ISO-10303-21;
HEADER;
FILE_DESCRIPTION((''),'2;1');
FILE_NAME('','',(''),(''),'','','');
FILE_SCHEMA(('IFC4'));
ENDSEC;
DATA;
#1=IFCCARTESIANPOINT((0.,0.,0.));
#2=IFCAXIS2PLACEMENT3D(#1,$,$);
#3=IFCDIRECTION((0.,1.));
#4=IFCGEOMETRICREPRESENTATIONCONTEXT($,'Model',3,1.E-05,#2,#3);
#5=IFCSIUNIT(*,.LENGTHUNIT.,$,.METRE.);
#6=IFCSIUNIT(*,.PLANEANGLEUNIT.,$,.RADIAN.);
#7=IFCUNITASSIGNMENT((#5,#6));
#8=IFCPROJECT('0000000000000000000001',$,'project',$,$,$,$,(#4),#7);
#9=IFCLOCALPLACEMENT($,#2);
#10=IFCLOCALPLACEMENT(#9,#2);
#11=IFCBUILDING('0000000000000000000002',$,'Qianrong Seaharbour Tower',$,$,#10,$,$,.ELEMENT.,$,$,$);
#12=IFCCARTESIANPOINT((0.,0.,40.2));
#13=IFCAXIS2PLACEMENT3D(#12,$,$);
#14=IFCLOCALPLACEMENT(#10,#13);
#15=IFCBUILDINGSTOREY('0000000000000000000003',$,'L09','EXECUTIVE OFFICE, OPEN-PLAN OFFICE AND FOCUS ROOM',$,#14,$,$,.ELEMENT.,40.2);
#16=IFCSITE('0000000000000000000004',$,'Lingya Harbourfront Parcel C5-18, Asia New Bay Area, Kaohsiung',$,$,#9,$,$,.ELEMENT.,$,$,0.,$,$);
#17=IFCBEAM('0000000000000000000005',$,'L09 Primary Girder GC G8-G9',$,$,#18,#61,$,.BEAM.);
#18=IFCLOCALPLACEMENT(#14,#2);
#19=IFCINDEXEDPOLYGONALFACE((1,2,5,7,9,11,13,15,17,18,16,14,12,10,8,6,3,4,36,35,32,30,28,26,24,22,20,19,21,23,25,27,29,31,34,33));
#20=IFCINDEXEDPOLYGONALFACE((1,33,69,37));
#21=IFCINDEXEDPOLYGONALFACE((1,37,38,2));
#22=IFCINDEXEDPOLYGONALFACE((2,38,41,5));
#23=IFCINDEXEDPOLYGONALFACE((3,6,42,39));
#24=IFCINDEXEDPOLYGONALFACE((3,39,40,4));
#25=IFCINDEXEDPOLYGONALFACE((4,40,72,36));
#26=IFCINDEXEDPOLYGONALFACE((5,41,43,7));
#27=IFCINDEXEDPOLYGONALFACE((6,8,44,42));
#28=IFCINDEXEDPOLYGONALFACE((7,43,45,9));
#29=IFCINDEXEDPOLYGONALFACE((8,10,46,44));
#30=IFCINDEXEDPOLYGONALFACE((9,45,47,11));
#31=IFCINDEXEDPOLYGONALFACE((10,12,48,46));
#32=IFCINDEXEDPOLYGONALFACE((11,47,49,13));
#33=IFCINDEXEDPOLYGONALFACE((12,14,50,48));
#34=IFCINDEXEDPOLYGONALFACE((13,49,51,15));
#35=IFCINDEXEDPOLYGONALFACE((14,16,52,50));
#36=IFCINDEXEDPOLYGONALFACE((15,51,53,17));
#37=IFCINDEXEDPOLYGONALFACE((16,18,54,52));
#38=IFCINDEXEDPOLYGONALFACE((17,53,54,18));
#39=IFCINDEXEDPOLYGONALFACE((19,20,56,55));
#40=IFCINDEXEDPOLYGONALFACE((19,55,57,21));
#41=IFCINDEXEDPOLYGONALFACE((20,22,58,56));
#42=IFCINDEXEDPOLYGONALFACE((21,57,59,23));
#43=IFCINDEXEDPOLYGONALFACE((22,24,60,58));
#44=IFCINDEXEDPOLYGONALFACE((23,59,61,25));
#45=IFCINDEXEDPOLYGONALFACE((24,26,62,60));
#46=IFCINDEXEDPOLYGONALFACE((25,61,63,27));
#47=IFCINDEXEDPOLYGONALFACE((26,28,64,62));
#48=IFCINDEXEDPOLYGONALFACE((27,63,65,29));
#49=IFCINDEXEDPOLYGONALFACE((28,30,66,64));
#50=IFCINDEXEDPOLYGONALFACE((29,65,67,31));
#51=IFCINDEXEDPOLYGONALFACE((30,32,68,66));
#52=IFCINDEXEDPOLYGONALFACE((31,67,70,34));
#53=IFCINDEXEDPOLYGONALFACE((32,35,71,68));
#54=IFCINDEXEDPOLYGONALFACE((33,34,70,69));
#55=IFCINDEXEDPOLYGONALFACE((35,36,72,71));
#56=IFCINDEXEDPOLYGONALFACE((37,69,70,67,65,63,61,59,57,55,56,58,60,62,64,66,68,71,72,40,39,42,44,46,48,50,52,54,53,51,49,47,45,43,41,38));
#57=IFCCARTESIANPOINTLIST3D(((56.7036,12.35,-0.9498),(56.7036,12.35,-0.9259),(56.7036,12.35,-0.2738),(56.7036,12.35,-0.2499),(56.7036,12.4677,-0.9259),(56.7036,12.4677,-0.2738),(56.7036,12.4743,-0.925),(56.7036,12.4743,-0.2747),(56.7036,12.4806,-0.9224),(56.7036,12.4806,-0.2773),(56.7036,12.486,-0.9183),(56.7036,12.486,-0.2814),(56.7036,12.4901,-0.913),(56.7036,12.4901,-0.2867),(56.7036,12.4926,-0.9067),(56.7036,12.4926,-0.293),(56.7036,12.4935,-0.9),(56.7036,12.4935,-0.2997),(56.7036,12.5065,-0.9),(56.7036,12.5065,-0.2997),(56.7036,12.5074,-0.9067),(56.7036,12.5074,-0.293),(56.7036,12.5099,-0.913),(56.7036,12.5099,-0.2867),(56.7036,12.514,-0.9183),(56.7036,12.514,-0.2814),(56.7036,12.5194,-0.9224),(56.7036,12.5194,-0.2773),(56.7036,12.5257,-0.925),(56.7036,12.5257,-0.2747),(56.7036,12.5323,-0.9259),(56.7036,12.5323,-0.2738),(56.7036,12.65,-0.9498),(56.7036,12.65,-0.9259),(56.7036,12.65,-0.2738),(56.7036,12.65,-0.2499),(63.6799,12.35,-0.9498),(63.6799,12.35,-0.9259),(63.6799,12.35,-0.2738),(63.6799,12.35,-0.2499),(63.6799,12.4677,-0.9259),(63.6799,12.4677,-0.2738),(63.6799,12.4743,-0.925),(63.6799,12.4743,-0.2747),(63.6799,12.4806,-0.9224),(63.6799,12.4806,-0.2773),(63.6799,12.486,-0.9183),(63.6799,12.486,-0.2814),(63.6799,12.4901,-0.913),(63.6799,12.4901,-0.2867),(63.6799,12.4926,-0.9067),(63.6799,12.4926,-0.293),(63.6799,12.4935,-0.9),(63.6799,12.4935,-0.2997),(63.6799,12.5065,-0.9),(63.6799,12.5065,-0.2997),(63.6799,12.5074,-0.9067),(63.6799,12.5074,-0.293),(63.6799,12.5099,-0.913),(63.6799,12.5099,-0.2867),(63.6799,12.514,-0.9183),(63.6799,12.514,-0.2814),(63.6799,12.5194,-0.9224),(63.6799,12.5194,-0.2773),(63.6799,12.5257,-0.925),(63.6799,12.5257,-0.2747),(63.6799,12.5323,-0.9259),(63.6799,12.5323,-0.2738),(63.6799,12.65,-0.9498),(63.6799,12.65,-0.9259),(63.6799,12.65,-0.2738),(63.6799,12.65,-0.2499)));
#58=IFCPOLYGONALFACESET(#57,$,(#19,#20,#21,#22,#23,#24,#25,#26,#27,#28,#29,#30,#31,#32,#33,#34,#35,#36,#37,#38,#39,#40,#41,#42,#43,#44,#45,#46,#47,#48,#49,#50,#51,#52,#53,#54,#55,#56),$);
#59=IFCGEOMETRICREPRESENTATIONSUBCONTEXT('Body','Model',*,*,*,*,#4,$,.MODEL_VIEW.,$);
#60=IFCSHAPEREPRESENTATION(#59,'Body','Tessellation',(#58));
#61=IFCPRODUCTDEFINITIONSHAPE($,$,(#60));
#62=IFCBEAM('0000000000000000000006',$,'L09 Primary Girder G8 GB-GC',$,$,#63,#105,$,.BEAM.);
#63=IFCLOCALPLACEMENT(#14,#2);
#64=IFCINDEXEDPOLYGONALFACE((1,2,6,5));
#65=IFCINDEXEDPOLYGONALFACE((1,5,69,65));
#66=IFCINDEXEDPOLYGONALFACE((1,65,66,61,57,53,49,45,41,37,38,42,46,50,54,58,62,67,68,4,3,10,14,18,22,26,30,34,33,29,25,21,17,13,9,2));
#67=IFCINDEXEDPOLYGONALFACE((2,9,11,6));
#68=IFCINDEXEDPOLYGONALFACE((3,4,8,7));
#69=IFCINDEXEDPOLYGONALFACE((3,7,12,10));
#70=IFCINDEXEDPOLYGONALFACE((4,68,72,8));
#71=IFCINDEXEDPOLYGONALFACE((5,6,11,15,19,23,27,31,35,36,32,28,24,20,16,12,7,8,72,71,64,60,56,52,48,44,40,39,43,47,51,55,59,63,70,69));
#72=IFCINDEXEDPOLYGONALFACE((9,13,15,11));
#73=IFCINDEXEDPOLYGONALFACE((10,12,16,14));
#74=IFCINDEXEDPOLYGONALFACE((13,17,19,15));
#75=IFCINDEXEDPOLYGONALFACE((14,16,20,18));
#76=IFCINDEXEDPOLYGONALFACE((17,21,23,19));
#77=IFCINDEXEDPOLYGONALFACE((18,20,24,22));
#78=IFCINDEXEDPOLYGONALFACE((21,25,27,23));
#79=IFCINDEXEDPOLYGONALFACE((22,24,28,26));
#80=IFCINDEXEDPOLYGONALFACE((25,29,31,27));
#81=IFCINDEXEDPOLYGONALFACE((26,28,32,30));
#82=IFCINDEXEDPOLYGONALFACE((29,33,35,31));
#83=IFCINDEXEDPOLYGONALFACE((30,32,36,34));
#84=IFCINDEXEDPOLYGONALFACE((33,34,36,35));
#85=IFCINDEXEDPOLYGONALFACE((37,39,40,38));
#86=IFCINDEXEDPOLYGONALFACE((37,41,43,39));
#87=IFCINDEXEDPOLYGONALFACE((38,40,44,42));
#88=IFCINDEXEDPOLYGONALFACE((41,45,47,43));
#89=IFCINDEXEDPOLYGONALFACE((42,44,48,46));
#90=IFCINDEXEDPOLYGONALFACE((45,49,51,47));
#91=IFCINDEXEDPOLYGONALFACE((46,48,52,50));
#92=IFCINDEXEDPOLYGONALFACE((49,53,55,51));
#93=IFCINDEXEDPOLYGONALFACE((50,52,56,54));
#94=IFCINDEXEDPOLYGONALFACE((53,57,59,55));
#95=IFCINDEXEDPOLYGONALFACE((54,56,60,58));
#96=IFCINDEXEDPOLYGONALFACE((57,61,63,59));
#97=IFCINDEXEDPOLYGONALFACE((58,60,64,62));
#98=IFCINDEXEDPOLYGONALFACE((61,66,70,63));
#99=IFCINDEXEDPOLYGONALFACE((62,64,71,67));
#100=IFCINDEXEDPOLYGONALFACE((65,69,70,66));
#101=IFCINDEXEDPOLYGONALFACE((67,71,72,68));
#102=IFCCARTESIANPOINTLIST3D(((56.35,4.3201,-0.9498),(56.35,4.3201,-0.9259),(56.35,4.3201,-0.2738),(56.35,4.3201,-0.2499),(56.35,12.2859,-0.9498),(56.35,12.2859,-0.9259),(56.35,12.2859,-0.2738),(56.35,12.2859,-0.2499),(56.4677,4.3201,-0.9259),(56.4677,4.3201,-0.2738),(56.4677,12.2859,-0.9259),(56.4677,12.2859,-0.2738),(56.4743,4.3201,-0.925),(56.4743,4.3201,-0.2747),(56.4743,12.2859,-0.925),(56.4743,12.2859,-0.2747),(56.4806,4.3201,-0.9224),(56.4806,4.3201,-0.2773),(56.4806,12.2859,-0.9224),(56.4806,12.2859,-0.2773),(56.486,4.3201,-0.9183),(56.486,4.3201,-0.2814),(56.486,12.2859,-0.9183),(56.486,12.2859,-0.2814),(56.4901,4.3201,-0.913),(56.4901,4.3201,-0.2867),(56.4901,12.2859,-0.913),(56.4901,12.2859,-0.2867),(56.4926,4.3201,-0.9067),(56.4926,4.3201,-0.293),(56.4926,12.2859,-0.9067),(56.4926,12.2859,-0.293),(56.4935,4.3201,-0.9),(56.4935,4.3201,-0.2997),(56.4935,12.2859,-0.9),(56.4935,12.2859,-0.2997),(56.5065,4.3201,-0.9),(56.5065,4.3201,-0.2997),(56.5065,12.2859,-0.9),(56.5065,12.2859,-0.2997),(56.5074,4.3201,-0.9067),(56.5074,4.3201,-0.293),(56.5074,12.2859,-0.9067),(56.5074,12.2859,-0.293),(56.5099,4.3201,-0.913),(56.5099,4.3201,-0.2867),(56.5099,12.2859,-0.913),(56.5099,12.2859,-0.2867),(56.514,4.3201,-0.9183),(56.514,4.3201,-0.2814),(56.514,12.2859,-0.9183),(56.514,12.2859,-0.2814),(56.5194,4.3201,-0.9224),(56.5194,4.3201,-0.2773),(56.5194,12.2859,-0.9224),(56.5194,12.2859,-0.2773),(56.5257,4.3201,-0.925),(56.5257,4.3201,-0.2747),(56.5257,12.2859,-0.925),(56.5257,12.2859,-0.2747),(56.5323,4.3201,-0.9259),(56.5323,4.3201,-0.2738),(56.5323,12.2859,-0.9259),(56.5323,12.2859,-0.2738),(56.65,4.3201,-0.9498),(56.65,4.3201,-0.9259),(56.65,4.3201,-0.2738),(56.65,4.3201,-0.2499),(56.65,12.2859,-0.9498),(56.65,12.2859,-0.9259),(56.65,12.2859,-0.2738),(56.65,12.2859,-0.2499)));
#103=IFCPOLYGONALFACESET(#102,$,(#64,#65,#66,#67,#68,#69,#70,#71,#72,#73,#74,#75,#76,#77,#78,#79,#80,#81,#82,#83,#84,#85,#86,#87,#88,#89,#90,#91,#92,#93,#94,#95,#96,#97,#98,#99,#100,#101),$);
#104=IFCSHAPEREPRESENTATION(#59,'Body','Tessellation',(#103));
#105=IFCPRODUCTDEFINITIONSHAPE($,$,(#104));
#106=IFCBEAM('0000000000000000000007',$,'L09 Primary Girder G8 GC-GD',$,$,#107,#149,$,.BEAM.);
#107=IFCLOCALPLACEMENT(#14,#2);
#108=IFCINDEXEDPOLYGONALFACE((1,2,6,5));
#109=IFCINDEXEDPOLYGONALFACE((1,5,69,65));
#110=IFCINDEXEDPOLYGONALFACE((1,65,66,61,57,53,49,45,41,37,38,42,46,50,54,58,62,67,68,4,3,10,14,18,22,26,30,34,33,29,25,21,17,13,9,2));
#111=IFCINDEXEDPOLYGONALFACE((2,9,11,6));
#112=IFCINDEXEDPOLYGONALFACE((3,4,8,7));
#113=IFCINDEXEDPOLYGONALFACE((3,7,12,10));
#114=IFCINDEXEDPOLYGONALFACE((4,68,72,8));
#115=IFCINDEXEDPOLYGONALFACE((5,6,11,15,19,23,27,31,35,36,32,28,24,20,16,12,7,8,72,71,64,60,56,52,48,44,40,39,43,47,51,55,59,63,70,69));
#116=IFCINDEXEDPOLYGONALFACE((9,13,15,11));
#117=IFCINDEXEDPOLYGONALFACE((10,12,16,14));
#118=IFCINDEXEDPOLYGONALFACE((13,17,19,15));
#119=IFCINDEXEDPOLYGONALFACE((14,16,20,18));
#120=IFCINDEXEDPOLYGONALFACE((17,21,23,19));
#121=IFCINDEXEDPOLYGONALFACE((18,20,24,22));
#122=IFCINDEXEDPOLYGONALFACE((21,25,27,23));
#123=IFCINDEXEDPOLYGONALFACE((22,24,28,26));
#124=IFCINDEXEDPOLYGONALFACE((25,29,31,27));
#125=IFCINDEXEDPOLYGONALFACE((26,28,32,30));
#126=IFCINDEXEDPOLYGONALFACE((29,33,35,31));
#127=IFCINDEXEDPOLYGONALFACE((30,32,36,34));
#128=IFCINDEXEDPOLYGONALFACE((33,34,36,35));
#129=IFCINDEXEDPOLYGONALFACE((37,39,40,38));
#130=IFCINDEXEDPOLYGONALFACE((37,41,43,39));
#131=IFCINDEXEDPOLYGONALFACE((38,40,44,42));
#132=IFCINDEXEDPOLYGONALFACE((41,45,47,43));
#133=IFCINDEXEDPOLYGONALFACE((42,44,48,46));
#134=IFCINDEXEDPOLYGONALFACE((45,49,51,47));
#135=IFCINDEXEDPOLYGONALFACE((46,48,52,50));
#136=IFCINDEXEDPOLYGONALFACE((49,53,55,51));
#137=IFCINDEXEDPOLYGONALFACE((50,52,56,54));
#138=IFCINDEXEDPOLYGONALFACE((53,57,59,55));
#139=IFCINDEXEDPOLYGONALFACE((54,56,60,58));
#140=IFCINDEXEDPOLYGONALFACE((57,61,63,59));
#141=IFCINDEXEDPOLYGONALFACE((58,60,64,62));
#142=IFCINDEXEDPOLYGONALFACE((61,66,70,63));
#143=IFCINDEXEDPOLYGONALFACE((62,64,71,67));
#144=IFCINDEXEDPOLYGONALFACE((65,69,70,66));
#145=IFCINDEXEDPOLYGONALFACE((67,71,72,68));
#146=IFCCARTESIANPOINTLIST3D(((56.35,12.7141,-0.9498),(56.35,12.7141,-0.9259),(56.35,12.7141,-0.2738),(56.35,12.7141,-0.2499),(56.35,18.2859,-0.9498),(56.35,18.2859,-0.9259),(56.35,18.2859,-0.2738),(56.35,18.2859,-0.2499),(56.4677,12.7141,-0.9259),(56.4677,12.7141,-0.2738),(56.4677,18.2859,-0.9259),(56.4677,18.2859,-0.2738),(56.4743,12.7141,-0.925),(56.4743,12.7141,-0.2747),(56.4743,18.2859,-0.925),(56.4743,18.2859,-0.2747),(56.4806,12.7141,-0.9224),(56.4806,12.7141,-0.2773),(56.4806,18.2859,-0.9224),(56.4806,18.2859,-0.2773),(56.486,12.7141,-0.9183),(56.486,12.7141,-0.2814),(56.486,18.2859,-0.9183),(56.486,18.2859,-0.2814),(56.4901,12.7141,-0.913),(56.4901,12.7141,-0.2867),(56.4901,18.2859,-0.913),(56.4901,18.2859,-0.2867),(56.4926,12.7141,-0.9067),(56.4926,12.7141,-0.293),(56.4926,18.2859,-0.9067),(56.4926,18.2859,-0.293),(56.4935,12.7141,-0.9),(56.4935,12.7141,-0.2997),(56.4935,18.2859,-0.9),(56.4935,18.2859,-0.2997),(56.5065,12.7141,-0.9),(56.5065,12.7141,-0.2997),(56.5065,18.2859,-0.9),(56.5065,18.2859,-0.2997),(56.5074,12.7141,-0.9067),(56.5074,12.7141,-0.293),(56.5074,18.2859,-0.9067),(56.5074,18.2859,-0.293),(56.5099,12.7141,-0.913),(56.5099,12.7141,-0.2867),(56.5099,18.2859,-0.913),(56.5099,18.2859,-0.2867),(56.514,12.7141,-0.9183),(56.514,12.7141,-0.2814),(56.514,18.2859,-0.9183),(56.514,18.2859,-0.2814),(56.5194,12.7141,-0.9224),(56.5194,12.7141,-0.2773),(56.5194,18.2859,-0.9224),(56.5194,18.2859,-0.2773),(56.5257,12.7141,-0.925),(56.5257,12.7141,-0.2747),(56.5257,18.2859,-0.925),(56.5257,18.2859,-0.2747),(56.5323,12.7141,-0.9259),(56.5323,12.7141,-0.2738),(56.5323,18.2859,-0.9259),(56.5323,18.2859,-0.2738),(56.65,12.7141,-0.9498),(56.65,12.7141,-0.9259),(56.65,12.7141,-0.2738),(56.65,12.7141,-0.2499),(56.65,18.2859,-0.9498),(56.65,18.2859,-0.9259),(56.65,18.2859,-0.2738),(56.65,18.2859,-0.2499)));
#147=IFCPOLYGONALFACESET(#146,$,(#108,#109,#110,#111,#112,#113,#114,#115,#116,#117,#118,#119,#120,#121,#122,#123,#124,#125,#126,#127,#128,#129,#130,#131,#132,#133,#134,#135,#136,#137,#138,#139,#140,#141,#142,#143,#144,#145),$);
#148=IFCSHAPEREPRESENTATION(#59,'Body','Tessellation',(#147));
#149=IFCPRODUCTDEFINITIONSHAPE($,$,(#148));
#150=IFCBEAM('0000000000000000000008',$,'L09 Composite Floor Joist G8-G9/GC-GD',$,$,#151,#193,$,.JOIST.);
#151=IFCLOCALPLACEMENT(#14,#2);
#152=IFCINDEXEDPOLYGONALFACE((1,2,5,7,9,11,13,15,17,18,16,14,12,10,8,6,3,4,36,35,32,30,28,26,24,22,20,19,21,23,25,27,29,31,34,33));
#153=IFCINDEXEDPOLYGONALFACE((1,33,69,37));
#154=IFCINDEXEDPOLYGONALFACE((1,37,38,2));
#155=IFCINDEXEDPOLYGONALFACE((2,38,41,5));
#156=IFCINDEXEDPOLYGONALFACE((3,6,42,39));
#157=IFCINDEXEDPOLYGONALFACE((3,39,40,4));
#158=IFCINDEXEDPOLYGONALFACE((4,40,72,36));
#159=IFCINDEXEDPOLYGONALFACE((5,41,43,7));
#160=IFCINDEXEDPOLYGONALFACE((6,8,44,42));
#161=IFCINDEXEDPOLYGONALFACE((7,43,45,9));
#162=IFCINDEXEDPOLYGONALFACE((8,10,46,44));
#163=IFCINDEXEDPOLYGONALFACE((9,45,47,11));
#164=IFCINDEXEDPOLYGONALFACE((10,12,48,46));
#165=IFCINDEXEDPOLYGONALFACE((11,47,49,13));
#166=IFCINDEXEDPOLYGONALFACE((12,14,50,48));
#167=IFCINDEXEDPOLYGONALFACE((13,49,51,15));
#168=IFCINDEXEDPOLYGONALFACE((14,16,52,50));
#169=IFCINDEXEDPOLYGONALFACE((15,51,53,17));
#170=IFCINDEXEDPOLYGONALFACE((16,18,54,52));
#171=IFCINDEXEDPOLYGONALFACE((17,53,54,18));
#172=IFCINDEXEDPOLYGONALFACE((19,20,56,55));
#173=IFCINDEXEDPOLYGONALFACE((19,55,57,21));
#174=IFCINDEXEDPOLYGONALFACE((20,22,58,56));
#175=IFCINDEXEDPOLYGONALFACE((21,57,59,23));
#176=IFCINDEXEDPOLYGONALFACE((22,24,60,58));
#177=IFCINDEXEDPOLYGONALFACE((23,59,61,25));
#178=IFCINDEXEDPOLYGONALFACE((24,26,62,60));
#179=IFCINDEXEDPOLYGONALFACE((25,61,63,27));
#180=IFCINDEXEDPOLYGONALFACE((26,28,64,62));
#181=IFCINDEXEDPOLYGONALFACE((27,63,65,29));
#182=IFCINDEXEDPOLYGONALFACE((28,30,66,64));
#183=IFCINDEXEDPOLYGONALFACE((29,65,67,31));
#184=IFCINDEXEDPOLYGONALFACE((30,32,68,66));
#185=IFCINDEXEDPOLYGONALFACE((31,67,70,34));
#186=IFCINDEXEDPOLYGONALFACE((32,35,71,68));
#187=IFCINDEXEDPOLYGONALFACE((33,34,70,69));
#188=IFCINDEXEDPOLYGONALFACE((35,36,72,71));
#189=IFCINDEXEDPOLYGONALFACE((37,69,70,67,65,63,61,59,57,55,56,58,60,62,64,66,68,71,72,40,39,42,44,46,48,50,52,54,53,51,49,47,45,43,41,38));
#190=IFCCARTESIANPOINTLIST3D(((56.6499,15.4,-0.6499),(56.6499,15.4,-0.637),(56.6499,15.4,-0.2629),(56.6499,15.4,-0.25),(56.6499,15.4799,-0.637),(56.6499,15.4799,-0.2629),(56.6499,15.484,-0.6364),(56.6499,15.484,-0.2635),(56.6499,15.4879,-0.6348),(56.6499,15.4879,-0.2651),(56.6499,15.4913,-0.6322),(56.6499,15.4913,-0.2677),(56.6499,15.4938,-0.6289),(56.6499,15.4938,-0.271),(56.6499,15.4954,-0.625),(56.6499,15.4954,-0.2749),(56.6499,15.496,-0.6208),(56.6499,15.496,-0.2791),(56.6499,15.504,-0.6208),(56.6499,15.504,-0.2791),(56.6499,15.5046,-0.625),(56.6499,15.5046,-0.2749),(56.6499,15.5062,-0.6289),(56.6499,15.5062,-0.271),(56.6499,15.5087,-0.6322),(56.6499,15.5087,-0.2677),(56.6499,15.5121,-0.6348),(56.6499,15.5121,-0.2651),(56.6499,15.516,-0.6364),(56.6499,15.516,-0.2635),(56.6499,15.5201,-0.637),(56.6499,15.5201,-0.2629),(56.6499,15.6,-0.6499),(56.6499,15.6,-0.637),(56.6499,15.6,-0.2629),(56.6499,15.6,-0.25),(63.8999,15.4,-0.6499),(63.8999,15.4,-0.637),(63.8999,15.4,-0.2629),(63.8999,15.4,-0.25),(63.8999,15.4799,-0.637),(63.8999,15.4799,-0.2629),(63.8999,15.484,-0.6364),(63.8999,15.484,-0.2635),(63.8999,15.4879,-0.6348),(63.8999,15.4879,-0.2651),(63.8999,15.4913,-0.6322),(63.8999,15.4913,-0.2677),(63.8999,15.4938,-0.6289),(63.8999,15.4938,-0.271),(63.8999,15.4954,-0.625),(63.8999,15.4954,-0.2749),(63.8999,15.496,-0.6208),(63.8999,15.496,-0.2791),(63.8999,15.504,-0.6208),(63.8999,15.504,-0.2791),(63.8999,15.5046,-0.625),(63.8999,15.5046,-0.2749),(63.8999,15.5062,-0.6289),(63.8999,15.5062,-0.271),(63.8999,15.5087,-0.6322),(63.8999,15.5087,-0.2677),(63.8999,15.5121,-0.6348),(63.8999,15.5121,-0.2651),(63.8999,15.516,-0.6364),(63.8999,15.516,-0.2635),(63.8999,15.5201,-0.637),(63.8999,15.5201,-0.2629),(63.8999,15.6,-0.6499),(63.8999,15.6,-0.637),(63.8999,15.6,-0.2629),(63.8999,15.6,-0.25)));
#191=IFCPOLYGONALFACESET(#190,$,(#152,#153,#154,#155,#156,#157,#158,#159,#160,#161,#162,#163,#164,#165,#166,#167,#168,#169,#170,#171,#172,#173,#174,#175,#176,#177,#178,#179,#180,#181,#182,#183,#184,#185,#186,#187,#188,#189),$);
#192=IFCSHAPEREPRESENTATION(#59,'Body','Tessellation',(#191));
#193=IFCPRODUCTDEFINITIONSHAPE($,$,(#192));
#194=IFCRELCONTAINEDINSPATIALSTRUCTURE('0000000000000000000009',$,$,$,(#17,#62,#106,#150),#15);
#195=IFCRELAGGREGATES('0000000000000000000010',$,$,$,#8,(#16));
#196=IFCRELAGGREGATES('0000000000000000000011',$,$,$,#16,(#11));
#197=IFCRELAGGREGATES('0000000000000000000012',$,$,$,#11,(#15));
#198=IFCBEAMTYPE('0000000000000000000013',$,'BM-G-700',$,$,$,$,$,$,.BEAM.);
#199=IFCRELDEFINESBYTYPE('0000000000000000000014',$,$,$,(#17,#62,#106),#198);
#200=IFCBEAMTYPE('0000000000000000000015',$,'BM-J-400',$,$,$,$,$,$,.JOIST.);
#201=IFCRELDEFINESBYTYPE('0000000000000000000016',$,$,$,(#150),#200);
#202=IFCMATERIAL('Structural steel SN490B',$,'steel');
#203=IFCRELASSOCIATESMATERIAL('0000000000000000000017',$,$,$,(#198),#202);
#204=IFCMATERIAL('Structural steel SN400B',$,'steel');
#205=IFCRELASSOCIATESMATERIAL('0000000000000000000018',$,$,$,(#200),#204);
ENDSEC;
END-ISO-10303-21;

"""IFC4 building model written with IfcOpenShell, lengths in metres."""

from ifc_helpers import new_model, si_unit, direction, frame, origin, origin_2d, place, context, subcontext, project, spatial, i_section, extrude, material, material_profile, profile_set, type_object, element, save


model = new_model("IFC4")

# Units and contexts
model_context = context("Model", 3, precision=1e-05, world=origin(), true_north=direction((0.0, 1.0)))
body_context = subcontext(model_context, "Body", "Model", "MODEL_VIEW")
ifc_project = project(units=[si_unit("LENGTHUNIT", "METRE"), si_unit("PLANEANGLEUNIT", "RADIAN")], contexts=[model_context])

# Site, building, storey
site_placement = place(None, origin())
site = spatial("IfcSite", under=ifc_project, at=site_placement, Name="Lingya Harbourfront Parcel C5-18, Asia New Bay Area, Kaohsiung", CompositionType="ELEMENT", RefElevation=0.0)
building_placement = place(site_placement, origin())
building = spatial("IfcBuilding", under=site, at=building_placement, Name="Qianrong Seaharbour Tower", CompositionType="ELEMENT")
storey_placement = place(building_placement, frame((0.0, 0.0, 40.2)))
storey = spatial("IfcBuildingStorey", under=building, at=storey_placement, Name="L09", Description="EXECUTIVE OFFICE, OPEN-PLAN OFFICE AND FOCUS ROOM", CompositionType="ELEMENT", Elevation=40.2)

# Shared definitions
ifc_material_1 = material(Name="Structural steel SN490B", Category="steel")

# Beams
ifc_material_profile_1 = material_profile(ifc_material_1, i_section(OverallWidth=0.3, OverallDepth=0.7, WebThickness=0.0129, FlangeThickness=0.0239, FilletRadius=0.0259, at=origin_2d()), Name="H700x300x13x24")
ifc_profile_set_1 = profile_set([ifc_material_profile_1], Name="Structural steel SN490B")
beam_type_1 = type_object("IfcBeamType", Name="BM-G-700", PredefinedType="BEAM", material=ifc_profile_set_1)
beam_1_placement = place(storey_placement, frame((56.7036, 12.5, -0.5999), z_axis=(1.0, 0.0, 0.0), x_axis=(0.0, 1.0, 0.0)))
element("IfcBeam", 1, at=beam_1_placement, inside=storey, type_object=beam_type_1, Name="L09 Primary Girder GC G8-G9", PredefinedType="BEAM", context=body_context, shape_type="SweptSolid", body=[
    extrude(i_section(OverallWidth=0.3, OverallDepth=0.7, WebThickness=0.0129, FlangeThickness=0.0239, FilletRadius=0.0259, at=origin_2d()), origin(), (0.0, 0.0, 1.0), 6.9763),
])
beam_2_placement = place(storey_placement, frame((56.5, 4.3201, -0.5999), z_axis=(0.0, 1.0, 0.0), x_axis=(-1.0, 0.0, 0.0)))
element("IfcBeam", 2, at=beam_2_placement, inside=storey, type_object=beam_type_1, Name="L09 Primary Girder G8 GB-GC", PredefinedType="BEAM", context=body_context, shape_type="SweptSolid", body=[
    extrude(i_section(OverallWidth=0.3, OverallDepth=0.7, WebThickness=0.0129, FlangeThickness=0.0239, FilletRadius=0.0259, at=origin_2d()), origin(), (0.0, 0.0, 1.0), 7.9658),
])
beam_3_placement = place(storey_placement, frame((56.5, 12.7141, -0.5999), z_axis=(0.0, 1.0, 0.0), x_axis=(-1.0, 0.0, 0.0)))
element("IfcBeam", 3, at=beam_3_placement, inside=storey, type_object=beam_type_1, Name="L09 Primary Girder G8 GC-GD", PredefinedType="BEAM", context=body_context, shape_type="SweptSolid", body=[
    extrude(i_section(OverallWidth=0.3, OverallDepth=0.7, WebThickness=0.0129, FlangeThickness=0.0239, FilletRadius=0.0259, at=origin_2d()), origin(), (0.0, 0.0, 1.0), 5.5718),
])
ifc_material_2 = material(Name="Structural steel SN400B", Category="steel")
ifc_material_profile_2 = material_profile(ifc_material_2, i_section(OverallWidth=0.2, OverallDepth=0.3999, WebThickness=0.0081, FlangeThickness=0.0129, FilletRadius=0.0161, at=origin_2d()), Name="H400x200x8x13")
ifc_profile_set_2 = profile_set([ifc_material_profile_2], Name="Structural steel SN400B")
beam_type_2 = type_object("IfcBeamType", Name="BM-J-400", PredefinedType="JOIST", material=ifc_profile_set_2)
beam_4_placement = place(storey_placement, frame((56.6499, 15.5, -0.45), z_axis=(1.0, 0.0, 0.0), x_axis=(0.0, 1.0, 0.0)))
element("IfcBeam", 4, at=beam_4_placement, inside=storey, type_object=beam_type_2, Name="L09 Composite Floor Joist G8-G9/GC-GD", PredefinedType="JOIST", context=body_context, shape_type="SweptSolid", body=[
    extrude(i_section(OverallWidth=0.2, OverallDepth=0.3999, WebThickness=0.0081, FlangeThickness=0.0129, FilletRadius=0.0161, at=origin_2d()), origin(), (0.0, 0.0, 1.0), 7.25),
])

save(model, "model.ifc")
